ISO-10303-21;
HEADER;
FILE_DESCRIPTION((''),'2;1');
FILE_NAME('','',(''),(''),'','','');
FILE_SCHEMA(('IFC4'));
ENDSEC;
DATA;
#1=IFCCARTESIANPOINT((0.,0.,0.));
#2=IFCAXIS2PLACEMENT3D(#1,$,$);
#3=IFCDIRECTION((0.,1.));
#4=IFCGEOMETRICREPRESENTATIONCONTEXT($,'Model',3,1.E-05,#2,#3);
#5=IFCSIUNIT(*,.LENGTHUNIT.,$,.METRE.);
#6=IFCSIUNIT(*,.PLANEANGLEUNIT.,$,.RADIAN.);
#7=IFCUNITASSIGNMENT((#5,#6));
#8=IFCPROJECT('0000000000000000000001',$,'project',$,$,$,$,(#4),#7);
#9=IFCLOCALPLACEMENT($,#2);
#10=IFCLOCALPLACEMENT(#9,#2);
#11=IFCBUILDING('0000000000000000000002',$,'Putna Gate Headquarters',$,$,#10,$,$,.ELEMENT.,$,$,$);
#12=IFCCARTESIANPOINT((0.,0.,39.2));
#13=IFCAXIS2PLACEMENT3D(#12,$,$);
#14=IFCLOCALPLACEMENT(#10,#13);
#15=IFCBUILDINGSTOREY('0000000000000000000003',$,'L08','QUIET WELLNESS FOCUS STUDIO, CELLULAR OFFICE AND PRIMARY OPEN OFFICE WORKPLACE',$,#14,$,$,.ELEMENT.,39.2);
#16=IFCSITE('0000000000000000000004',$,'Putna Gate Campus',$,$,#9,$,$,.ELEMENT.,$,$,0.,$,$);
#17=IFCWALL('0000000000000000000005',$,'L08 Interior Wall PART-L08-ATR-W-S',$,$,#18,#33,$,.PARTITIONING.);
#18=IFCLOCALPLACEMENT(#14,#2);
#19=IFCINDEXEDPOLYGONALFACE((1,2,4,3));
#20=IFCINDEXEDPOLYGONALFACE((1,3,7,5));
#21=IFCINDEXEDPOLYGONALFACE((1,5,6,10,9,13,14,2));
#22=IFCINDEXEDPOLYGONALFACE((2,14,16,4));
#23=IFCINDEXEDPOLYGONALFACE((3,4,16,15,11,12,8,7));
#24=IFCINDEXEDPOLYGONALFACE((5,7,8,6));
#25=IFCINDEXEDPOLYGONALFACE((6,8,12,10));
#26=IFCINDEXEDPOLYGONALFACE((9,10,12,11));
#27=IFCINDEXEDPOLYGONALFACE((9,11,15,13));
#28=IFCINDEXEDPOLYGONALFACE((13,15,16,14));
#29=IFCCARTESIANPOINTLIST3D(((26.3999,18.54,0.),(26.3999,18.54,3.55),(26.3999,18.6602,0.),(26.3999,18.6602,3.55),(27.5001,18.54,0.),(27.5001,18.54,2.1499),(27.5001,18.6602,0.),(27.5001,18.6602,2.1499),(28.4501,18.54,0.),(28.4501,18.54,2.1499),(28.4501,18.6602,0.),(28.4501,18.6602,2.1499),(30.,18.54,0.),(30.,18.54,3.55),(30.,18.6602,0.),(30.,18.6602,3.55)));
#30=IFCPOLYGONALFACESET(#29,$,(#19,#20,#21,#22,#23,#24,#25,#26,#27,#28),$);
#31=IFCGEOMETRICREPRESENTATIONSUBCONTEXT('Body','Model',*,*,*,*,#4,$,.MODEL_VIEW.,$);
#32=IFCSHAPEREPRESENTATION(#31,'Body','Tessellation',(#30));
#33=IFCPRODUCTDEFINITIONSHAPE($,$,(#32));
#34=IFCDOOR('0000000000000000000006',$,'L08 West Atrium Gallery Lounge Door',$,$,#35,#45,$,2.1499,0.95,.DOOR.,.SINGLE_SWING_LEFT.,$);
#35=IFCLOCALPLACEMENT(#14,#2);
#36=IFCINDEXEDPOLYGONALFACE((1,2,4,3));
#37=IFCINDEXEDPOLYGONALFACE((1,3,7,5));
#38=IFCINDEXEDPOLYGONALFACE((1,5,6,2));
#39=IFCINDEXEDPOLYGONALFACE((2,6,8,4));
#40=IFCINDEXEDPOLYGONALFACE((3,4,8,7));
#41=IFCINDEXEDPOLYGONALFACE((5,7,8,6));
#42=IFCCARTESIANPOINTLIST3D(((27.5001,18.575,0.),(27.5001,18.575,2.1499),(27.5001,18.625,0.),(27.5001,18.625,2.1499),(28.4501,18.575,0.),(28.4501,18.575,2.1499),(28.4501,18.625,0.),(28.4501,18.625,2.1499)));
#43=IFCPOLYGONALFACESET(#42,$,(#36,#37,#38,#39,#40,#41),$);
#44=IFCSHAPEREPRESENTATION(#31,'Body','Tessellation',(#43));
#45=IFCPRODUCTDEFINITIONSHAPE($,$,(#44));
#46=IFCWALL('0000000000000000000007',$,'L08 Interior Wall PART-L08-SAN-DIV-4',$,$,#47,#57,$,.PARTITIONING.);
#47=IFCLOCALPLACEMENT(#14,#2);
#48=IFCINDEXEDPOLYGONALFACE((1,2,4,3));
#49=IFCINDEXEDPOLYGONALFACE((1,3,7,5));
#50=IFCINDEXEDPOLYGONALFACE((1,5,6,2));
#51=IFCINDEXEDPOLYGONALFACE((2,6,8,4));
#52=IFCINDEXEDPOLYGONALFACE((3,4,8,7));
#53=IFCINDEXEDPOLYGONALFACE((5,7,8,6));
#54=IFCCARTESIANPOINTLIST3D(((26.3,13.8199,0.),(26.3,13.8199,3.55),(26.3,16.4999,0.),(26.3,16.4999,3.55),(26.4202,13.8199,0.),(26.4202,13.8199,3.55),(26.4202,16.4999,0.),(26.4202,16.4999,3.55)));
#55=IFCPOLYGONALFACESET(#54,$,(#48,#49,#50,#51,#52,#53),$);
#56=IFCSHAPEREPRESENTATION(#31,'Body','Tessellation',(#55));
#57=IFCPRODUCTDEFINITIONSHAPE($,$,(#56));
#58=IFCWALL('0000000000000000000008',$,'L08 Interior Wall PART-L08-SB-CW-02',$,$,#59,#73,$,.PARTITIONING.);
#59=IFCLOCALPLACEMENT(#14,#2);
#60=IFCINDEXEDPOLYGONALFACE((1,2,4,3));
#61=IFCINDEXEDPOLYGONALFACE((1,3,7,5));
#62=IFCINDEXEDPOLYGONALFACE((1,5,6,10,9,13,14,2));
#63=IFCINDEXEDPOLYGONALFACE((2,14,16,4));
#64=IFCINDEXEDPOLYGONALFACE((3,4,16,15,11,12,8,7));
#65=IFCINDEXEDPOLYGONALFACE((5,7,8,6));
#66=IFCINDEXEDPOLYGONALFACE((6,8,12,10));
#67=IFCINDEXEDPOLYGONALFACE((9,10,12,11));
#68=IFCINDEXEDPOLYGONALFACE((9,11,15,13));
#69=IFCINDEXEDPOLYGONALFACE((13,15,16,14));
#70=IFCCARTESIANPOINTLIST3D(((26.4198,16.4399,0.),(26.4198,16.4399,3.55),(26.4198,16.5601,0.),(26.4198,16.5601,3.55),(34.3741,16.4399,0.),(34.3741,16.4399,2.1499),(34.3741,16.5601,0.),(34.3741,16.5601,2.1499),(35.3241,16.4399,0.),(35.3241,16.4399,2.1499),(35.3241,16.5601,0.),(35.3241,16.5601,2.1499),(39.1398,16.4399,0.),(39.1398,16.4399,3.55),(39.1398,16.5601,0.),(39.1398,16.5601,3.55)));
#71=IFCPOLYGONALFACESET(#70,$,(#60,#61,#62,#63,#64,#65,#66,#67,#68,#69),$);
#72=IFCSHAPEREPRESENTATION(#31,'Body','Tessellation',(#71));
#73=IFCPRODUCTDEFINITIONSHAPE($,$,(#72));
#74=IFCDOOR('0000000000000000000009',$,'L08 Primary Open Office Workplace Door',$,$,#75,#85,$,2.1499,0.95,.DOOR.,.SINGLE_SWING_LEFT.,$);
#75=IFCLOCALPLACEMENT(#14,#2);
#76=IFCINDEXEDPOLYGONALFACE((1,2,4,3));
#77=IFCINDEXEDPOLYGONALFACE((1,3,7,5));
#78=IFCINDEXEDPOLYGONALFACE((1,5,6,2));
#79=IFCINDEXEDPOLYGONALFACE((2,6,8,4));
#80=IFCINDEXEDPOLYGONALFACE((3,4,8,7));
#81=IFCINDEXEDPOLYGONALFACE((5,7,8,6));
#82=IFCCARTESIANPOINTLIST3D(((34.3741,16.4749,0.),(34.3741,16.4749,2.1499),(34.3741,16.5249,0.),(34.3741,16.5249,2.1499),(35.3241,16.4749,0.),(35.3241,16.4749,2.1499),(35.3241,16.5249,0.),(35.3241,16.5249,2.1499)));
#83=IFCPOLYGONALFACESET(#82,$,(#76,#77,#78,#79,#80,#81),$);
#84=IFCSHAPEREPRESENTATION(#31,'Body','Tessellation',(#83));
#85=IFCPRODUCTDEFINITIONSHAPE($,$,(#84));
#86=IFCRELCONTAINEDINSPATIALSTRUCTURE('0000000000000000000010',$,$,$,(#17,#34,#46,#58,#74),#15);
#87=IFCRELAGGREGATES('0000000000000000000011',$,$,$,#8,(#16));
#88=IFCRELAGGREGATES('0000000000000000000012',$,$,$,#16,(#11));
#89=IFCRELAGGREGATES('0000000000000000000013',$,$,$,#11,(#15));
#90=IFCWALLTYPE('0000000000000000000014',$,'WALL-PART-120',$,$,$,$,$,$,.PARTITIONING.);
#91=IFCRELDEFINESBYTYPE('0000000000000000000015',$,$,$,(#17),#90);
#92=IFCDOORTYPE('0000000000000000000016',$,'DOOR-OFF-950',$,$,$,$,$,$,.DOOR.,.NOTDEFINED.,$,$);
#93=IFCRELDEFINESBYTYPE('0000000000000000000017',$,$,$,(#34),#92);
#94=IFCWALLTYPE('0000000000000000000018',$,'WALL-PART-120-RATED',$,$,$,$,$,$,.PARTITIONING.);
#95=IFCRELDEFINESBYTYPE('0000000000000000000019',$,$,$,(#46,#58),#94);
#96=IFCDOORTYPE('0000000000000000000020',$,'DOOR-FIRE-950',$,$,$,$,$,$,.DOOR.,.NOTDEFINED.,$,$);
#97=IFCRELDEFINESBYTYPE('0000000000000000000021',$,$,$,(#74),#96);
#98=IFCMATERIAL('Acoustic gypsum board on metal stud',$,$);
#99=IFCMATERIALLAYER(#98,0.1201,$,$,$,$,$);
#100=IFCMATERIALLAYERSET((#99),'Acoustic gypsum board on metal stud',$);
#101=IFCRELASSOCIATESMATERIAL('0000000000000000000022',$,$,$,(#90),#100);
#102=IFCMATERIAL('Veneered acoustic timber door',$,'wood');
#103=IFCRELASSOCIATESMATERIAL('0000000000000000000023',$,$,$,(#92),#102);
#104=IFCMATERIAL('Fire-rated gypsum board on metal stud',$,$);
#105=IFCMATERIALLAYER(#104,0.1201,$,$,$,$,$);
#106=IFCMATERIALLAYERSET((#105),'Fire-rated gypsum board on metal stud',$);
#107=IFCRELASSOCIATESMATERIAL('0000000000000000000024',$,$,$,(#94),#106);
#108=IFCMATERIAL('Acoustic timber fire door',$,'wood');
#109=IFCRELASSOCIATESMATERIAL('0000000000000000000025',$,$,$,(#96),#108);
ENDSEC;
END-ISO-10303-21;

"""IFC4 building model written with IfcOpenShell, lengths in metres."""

from ifc_helpers import new_model, si_unit, direction, frame, frame_2d, origin, place, context, subcontext, project, spatial, rectangle, extrude, material, layer, layer_set, type_object, element, fill, save


model = new_model("IFC4")

# Units and contexts
model_context = context("Model", 3, precision=1e-05, world=origin(), true_north=direction((0.0, 1.0)))
body_context = subcontext(model_context, "Body", "Model", "MODEL_VIEW")
ifc_project = project(units=[si_unit("LENGTHUNIT", "METRE"), si_unit("PLANEANGLEUNIT", "RADIAN")], contexts=[model_context])

# Site, building, storey
site_placement = place(None, origin())
site = spatial("IfcSite", under=ifc_project, at=site_placement, Name="Putna Gate Campus", CompositionType="ELEMENT", RefElevation=0.0)
building_placement = place(site_placement, origin())
building = spatial("IfcBuilding", under=site, at=building_placement, Name="Putna Gate Headquarters", CompositionType="ELEMENT")
storey_placement = place(building_placement, frame((0.0, 0.0, 39.2)))
storey = spatial("IfcBuildingStorey", under=building, at=storey_placement, Name="L08", Description="QUIET WELLNESS FOCUS STUDIO, CELLULAR OFFICE AND PRIMARY OPEN OFFICE WORKPLACE", CompositionType="ELEMENT", Elevation=39.2)

# Wall, opening, door
ifc_material_1 = material(Name="Acoustic gypsum board on metal stud")
ifc_layer_1 = layer(ifc_material_1, 0.1201)
ifc_layer_set_1 = layer_set([ifc_layer_1], Name="Acoustic gypsum board on metal stud")
wall_type_1 = type_object("IfcWallType", Name="WALL-PART-120", PredefinedType="PARTITIONING", material=ifc_layer_set_1)
wall_1_placement = place(storey_placement, frame((26.3999, 18.6001, 0.0), z_axis=(0.0, 0.0, 1.0), x_axis=(1.0, 0.0, 0.0)))
wall_1 = element("IfcWall", 1, at=wall_1_placement, inside=storey, type_object=wall_type_1, Name="L08 Interior Wall PART-L08-ATR-W-S", PredefinedType="PARTITIONING", context=body_context, shape_type="SweptSolid", body=[
    extrude(rectangle(XDim=3.6001, YDim=0.1201, at=frame_2d((1.8, 0.0))), origin(), (0.0, 0.0, 1.0), 3.55),
])
opening_1_placement = place(wall_1_placement, frame((1.1001, 0.0, 0.0)))
opening_1 = element("IfcOpeningElement", 2, at=opening_1_placement, cuts=wall_1, PredefinedType="OPENING", context=body_context, shape_type="SweptSolid", body=[
    extrude(rectangle(XDim=0.95, YDim=2.1499, at=frame_2d((0.4751, 1.075))), frame((0.0, 0.0701, 0.0), z_axis=(0.0, -1.0, 0.0), x_axis=(1.0, 0.0, 0.0)), (0.0, 0.0, 1.0), 0.1401),
])
ifc_material_2 = material(Name="Veneered acoustic timber door", Category="wood")
door_type_1 = type_object("IfcDoorType", Name="DOOR-OFF-950", OperationType="NOTDEFINED", PredefinedType="DOOR", material=ifc_material_2)
door_1_placement = place(opening_1_placement, origin())
door_1 = element("IfcDoor", 3, at=door_1_placement, inside=storey, type_object=door_type_1, Name="L08 West Atrium Gallery Lounge Door", OperationType="SINGLE_SWING_LEFT", OverallHeight=2.1499, OverallWidth=0.95, PredefinedType="DOOR", context=body_context, shape_type="SweptSolid", body=[
    extrude(rectangle(XDim=0.95, YDim=2.1499, at=frame_2d((0.4751, 1.075))), frame((0.0, 0.0249, 0.0), z_axis=(0.0, -1.0, 0.0), x_axis=(1.0, 0.0, 0.0)), (0.0, 0.0, 1.0), 0.05),
])
fill(opening_1, door_1)

# Wall
ifc_material_3 = material(Name="Fire-rated gypsum board on metal stud")
ifc_layer_2 = layer(ifc_material_3, 0.1201)
ifc_layer_set_2 = layer_set([ifc_layer_2], Name="Fire-rated gypsum board on metal stud")
wall_type_2 = type_object("IfcWallType", Name="WALL-PART-120-RATED", PredefinedType="PARTITIONING", material=ifc_layer_set_2)
wall_2_placement = place(storey_placement, frame((26.3601, 13.8201, 0.0), z_axis=(0.0, 0.0, 1.0), x_axis=(0.0, 1.0, 0.0)))
element("IfcWall", 4, at=wall_2_placement, inside=storey, type_object=wall_type_2, Name="L08 Interior Wall PART-L08-SAN-DIV-4", PredefinedType="PARTITIONING", context=body_context, shape_type="SweptSolid", body=[
    extrude(rectangle(XDim=2.6799, YDim=0.1201, at=frame_2d((1.3398, 0.0))), origin(), (0.0, 0.0, 1.0), 3.55),
])

# Wall, opening, door
wall_3_placement = place(storey_placement, frame((26.4199, 16.5, 0.0), z_axis=(0.0, 0.0, 1.0), x_axis=(1.0, 0.0, 0.0)))
wall_3 = element("IfcWall", 5, at=wall_3_placement, inside=storey, type_object=wall_type_2, Name="L08 Interior Wall PART-L08-SB-CW-02", PredefinedType="PARTITIONING", context=body_context, shape_type="SweptSolid", body=[
    extrude(rectangle(XDim=12.72, YDim=0.1201, at=frame_2d((6.3599, 0.0))), origin(), (0.0, 0.0, 1.0), 3.55),
])
opening_2_placement = place(wall_3_placement, frame((7.9541, 0.0, 0.0)))
opening_2 = element("IfcOpeningElement", 6, at=opening_2_placement, cuts=wall_3, PredefinedType="OPENING", context=body_context, shape_type="SweptSolid", body=[
    extrude(rectangle(XDim=0.95, YDim=2.1499, at=frame_2d((0.4751, 1.075))), frame((0.0, 0.0701, 0.0), z_axis=(0.0, -1.0, 0.0), x_axis=(1.0, 0.0, 0.0)), (0.0, 0.0, 1.0), 0.1401),
])
ifc_material_4 = material(Name="Acoustic timber fire door", Category="wood")
door_type_2 = type_object("IfcDoorType", Name="DOOR-FIRE-950", OperationType="NOTDEFINED", PredefinedType="DOOR", material=ifc_material_4)
door_2_placement = place(opening_2_placement, origin())
door_2 = element("IfcDoor", 7, at=door_2_placement, inside=storey, type_object=door_type_2, Name="L08 Primary Open Office Workplace Door", OperationType="SINGLE_SWING_LEFT", OverallHeight=2.1499, OverallWidth=0.95, PredefinedType="DOOR", context=body_context, shape_type="SweptSolid", body=[
    extrude(rectangle(XDim=0.95, YDim=2.1499, at=frame_2d((0.4751, 1.075))), frame((0.0, 0.0249, 0.0), z_axis=(0.0, -1.0, 0.0), x_axis=(1.0, 0.0, 0.0)), (0.0, 0.0, 1.0), 0.05),
])
fill(opening_2, door_2)

save(model, "model.ifc")
